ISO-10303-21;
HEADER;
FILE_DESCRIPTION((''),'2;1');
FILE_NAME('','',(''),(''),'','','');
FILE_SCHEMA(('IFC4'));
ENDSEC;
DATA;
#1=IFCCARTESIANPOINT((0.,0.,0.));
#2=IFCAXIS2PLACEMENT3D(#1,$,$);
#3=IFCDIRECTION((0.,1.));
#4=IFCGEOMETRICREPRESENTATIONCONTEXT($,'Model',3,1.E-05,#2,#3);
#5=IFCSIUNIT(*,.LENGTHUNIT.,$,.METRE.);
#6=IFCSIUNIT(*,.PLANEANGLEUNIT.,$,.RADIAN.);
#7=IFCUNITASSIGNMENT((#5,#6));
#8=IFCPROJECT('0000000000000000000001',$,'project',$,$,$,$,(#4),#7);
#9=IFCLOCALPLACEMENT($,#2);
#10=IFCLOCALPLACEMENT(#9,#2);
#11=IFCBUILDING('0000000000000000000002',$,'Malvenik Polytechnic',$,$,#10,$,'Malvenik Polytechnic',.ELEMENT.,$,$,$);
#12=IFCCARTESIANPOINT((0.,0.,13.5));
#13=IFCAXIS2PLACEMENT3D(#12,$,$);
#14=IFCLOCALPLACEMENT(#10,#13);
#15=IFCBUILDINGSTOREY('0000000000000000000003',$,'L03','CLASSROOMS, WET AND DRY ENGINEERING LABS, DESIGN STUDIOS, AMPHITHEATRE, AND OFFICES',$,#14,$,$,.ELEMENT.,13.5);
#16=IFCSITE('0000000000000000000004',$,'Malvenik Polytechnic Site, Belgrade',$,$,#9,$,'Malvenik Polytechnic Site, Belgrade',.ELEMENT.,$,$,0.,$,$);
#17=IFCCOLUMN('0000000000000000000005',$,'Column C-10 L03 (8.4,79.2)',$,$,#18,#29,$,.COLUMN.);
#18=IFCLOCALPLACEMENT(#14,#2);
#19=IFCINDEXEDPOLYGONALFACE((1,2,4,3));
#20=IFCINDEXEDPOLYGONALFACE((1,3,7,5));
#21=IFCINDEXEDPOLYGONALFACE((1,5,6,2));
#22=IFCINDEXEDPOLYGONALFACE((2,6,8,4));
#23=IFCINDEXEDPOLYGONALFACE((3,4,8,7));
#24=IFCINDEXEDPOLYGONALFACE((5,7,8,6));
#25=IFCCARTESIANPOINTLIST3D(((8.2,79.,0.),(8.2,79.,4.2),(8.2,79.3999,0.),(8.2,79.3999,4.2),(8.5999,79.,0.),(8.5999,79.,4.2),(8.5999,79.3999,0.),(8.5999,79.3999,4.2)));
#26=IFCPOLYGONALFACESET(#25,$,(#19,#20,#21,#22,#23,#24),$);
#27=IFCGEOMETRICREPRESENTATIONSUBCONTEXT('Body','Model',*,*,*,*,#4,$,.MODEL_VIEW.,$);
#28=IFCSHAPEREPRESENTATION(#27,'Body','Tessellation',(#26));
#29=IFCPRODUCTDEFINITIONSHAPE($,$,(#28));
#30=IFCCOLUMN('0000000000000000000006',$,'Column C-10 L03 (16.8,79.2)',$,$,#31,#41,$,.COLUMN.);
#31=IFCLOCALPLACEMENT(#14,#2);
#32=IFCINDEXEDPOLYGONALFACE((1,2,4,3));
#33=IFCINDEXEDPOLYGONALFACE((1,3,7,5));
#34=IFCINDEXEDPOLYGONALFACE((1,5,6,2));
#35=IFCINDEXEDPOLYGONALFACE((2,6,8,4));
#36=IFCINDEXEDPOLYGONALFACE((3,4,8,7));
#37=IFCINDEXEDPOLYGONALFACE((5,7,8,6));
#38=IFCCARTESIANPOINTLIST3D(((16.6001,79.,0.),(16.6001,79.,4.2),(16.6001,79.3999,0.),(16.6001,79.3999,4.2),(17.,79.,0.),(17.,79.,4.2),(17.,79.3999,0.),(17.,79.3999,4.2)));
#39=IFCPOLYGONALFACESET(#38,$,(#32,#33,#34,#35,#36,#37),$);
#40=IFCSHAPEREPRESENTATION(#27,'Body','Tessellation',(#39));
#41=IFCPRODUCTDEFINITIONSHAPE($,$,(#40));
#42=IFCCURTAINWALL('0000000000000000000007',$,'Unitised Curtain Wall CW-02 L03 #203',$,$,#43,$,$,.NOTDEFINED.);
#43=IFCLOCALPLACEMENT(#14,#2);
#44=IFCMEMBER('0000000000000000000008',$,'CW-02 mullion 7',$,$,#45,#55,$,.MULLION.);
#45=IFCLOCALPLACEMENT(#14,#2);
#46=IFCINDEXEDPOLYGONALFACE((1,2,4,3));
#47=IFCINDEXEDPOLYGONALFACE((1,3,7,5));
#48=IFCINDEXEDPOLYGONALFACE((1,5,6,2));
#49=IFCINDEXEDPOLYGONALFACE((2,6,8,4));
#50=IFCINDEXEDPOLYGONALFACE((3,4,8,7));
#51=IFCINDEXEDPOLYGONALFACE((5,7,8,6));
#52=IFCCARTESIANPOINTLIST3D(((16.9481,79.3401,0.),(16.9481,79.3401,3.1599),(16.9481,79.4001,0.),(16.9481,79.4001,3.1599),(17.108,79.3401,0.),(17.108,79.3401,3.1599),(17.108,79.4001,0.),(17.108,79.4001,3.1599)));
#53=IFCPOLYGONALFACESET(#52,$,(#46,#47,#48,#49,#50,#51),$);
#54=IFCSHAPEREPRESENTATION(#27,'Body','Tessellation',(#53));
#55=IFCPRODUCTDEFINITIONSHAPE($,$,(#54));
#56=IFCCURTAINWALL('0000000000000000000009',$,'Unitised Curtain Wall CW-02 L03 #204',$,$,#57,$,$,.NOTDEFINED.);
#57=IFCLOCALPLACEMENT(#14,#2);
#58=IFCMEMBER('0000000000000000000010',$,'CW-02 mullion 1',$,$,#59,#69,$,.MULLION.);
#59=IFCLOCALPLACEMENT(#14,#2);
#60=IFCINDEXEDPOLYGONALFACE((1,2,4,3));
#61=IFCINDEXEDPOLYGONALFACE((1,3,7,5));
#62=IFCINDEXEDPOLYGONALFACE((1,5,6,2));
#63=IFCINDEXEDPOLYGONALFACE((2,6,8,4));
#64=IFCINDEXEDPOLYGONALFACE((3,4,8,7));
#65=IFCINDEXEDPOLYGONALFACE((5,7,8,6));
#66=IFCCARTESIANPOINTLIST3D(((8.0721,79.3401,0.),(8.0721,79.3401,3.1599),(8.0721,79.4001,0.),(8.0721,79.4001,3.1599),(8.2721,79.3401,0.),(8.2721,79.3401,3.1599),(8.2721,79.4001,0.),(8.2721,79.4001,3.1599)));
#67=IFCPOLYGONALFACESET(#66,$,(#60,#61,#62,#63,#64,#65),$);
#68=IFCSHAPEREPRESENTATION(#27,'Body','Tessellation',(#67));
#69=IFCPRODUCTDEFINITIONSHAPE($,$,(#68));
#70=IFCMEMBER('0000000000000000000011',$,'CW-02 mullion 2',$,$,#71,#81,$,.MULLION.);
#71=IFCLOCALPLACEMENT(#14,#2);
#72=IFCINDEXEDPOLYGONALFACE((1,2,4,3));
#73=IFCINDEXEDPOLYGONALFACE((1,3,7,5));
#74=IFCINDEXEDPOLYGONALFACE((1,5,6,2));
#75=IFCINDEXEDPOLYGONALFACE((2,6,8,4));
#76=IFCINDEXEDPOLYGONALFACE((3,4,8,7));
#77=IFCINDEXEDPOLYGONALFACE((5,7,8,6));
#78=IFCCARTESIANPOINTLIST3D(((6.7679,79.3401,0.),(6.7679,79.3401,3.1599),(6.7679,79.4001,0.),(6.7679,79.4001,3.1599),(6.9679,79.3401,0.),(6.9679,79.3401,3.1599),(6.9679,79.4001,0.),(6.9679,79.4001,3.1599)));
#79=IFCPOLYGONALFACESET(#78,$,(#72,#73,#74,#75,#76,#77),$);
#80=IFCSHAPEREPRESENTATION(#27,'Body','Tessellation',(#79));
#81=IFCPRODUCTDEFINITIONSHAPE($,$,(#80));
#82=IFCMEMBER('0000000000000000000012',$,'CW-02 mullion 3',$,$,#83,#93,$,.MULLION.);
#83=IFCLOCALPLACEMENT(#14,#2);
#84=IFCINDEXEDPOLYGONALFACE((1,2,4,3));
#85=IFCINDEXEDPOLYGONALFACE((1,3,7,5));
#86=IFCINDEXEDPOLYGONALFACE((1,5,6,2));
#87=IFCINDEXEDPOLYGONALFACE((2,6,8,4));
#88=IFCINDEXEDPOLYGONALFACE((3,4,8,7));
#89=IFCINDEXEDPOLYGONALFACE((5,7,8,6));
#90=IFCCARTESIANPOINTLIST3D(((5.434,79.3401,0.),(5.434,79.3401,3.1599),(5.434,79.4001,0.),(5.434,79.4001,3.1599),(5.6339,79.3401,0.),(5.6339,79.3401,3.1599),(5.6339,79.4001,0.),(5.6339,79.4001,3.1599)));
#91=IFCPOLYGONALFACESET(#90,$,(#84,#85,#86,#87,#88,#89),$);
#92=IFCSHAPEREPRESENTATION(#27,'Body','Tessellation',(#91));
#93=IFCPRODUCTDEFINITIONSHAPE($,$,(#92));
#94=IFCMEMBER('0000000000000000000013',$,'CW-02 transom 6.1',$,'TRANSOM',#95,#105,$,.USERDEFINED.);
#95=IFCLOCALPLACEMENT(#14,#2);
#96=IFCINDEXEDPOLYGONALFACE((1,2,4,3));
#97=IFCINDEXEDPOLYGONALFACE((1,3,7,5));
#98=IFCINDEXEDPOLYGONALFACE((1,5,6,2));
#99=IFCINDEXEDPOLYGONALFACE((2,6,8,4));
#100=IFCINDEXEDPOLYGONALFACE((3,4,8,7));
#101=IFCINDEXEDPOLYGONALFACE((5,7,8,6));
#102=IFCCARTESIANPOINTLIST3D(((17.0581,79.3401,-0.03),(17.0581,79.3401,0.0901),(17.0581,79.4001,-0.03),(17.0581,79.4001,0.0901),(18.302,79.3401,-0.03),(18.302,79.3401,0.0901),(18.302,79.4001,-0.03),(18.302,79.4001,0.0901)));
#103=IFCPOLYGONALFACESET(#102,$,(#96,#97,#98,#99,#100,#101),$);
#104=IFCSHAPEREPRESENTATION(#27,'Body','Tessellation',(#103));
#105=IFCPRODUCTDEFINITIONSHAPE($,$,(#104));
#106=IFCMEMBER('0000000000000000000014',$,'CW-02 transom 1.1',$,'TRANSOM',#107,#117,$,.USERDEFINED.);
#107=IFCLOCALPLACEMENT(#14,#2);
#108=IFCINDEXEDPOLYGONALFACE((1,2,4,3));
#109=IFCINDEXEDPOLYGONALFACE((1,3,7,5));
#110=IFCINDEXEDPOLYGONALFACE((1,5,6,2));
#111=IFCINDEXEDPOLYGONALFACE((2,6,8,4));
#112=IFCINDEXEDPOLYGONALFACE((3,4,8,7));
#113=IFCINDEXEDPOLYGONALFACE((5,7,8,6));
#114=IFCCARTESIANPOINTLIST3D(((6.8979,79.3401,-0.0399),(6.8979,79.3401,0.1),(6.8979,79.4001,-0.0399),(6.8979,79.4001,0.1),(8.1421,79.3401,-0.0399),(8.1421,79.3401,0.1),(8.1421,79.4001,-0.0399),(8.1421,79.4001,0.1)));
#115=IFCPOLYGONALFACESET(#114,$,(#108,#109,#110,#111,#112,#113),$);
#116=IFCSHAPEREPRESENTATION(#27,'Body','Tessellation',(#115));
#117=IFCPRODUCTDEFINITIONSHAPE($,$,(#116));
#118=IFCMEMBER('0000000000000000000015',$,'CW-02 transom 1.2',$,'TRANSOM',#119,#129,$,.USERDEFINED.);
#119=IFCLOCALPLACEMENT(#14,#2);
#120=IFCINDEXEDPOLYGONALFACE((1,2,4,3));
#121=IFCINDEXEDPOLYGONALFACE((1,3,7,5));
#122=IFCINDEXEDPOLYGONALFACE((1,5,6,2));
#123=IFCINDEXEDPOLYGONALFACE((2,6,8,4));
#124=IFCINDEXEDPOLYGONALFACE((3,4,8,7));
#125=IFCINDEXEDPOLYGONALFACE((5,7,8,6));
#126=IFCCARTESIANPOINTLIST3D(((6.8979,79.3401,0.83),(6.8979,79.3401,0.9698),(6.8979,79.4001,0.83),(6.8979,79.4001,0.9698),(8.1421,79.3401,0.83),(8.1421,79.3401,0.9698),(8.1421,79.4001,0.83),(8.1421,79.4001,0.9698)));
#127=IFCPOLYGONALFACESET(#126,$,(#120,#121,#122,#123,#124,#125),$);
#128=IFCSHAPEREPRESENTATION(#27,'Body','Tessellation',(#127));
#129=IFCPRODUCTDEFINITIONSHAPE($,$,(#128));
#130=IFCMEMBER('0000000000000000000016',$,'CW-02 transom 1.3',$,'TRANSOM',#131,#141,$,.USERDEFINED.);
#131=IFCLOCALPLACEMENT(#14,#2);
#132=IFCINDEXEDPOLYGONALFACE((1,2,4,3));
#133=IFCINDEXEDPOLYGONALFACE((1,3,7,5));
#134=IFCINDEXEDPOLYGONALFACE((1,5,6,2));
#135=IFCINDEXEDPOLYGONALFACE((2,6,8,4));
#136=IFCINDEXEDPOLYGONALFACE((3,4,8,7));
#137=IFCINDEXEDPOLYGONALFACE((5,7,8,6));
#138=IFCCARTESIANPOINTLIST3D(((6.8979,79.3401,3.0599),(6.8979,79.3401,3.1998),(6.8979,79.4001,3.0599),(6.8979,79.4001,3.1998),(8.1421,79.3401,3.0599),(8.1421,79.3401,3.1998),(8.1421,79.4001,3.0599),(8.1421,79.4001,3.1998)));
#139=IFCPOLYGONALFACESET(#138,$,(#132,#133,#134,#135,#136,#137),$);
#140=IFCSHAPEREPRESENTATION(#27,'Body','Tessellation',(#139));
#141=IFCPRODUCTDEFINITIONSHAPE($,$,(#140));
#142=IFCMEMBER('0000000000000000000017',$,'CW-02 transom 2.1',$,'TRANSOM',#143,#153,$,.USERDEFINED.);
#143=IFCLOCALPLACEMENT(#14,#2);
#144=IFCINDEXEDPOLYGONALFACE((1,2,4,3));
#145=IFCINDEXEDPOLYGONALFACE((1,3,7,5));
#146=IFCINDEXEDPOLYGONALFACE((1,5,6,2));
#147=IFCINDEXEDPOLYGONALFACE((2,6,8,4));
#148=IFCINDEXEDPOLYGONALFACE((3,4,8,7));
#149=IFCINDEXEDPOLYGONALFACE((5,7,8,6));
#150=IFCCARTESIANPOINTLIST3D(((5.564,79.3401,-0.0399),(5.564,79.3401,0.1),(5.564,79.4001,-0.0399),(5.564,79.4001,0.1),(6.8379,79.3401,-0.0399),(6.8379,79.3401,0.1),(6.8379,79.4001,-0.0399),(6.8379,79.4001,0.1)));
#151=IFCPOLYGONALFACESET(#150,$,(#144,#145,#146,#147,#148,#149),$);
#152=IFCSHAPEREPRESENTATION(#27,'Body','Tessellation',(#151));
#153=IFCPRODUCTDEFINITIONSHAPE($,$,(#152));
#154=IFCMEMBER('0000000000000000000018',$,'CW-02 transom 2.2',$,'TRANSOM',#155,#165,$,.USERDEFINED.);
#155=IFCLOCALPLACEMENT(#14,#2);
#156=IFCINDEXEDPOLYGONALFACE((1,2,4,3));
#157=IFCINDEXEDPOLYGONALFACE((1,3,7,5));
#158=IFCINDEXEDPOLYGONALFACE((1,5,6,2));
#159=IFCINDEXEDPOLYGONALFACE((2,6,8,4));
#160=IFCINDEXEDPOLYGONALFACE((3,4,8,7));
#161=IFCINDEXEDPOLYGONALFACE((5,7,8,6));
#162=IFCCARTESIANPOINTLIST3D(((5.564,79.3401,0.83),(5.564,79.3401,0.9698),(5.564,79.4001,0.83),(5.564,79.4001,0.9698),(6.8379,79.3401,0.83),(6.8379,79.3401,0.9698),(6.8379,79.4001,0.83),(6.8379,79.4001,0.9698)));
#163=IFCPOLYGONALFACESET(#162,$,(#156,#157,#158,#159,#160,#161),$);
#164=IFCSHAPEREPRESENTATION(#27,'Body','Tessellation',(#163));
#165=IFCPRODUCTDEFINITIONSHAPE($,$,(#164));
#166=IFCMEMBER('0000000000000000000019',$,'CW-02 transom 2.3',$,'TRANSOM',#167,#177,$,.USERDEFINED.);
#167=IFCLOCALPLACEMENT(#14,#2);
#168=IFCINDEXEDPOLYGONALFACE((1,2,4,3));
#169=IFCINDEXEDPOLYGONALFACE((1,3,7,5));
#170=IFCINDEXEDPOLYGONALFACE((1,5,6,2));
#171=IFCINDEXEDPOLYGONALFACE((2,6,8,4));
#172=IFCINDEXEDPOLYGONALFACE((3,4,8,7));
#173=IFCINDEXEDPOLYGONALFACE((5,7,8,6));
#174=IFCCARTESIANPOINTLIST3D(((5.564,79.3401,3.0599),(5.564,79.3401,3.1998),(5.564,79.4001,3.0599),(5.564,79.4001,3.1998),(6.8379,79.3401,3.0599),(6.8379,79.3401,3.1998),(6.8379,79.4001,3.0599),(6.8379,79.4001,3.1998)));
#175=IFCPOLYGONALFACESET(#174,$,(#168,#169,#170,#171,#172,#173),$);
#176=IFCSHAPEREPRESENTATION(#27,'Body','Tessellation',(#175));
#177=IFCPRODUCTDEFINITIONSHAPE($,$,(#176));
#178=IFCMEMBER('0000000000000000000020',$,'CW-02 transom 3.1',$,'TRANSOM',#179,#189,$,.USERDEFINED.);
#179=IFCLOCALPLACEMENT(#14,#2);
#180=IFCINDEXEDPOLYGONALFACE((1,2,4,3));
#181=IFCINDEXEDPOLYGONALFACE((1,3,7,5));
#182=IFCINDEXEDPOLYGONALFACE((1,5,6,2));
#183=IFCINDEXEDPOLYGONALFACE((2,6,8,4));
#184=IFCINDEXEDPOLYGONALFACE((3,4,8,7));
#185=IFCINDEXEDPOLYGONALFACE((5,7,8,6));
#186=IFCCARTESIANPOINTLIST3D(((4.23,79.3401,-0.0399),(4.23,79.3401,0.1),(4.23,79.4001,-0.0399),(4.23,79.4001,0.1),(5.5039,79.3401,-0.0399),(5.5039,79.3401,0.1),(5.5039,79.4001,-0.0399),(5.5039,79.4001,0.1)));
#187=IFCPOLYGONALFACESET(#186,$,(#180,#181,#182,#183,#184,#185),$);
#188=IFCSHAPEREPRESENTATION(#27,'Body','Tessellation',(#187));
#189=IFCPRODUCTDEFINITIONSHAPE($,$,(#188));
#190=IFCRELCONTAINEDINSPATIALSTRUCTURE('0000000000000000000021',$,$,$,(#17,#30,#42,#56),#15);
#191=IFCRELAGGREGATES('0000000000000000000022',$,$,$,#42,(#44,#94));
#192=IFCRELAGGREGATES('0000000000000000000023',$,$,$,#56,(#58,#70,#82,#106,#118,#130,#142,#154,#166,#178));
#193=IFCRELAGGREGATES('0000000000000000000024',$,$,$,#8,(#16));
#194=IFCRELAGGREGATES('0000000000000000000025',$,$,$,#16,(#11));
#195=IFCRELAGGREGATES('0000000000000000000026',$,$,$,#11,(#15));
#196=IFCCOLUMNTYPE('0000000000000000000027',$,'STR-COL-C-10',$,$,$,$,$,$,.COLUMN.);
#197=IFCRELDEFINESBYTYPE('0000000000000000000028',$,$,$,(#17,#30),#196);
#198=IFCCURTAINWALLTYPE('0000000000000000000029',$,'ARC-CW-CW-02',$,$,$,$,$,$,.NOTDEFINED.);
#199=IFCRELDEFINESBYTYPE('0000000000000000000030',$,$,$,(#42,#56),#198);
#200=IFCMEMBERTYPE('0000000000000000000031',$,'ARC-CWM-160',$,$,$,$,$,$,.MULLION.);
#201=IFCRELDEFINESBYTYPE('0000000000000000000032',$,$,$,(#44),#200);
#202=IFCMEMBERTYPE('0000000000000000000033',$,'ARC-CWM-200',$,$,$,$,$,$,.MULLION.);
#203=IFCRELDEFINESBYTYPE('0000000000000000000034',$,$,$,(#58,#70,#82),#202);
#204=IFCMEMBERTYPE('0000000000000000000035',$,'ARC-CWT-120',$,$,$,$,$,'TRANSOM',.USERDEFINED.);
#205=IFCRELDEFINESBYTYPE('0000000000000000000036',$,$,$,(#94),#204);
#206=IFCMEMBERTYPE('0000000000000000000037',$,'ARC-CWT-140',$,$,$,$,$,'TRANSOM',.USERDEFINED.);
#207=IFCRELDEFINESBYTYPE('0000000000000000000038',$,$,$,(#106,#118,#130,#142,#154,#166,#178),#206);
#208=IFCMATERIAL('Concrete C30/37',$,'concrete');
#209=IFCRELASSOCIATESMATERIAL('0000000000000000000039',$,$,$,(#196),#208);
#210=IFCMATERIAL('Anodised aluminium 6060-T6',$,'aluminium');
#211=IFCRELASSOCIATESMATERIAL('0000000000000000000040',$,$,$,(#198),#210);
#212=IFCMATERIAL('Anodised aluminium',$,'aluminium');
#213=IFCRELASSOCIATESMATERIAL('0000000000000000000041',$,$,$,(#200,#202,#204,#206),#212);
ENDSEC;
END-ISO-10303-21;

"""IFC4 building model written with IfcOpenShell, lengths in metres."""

from ifc_helpers import new_model, si_unit, direction, frame, origin, origin_2d, place, context, subcontext, project, spatial, rectangle, extrude, material, material_profile, profile_set, type_object, element, aggregate, save


model = new_model("IFC4")

# Units and contexts
model_context = context("Model", 3, precision=1e-05, world=origin(), true_north=direction((0.0, 1.0)))
body_context = subcontext(model_context, "Body", "Model", "MODEL_VIEW")
ifc_project = project(units=[si_unit("LENGTHUNIT", "METRE"), si_unit("PLANEANGLEUNIT", "RADIAN")], contexts=[model_context])

# Site, building, storey
site_placement = place(None, origin())
site = spatial("IfcSite", under=ifc_project, at=site_placement, Name="Malvenik Polytechnic Site, Belgrade", LongName="Malvenik Polytechnic Site, Belgrade", CompositionType="ELEMENT", RefElevation=0.0)
building_placement = place(site_placement, origin())
building = spatial("IfcBuilding", under=site, at=building_placement, Name="Malvenik Polytechnic", LongName="Malvenik Polytechnic", CompositionType="ELEMENT")
storey_placement = place(building_placement, frame((0.0, 0.0, 13.5)))
storey = spatial("IfcBuildingStorey", under=building, at=storey_placement, Name="L03", Description="CLASSROOMS, WET AND DRY ENGINEERING LABS, DESIGN STUDIOS, AMPHITHEATRE, AND OFFICES", CompositionType="ELEMENT", Elevation=13.5)

# Columns
ifc_material_1 = material(Name="Concrete C30/37", Category="concrete")
ifc_material_profile_1 = material_profile(ifc_material_1, rectangle(XDim=0.3999, YDim=0.3999, at=origin_2d()), Name="RC COL 400x400")
ifc_profile_set_1 = profile_set([ifc_material_profile_1], Name="Concrete C30/37")
column_type = type_object("IfcColumnType", Name="STR-COL-C-10", PredefinedType="COLUMN", material=ifc_profile_set_1)
for number, where, z_axis, x_axis, name in (
    (1, (8.3999, 79.2, 0.0), (0.0, 0.0, 1.0), (1.0, 0.0, 0.0), "Column C-10 L03 (8.4,79.2)"),
    (2, (16.8, 79.2, 0.0), (0.0, 0.0, 1.0), (1.0, 0.0, 0.0), "Column C-10 L03 (16.8,79.2)"),
):
    element("IfcColumn", number, at=place(storey_placement, frame(where, z_axis=z_axis, x_axis=x_axis)), inside=storey, type_object=column_type, Name=name, PredefinedType="COLUMN", context=body_context, shape_type="SweptSolid", body=[
        extrude(rectangle(XDim=0.3999, YDim=0.3999, at=origin_2d()), origin(), (0.0, 0.0, 1.0), 4.2),
    ])

# Curtain wall, member
ifc_material_2 = material(Name="Anodised aluminium 6060-T6", Category="aluminium")
curtain_wall_type = type_object("IfcCurtainWallType", Name="ARC-CW-CW-02", PredefinedType="NOTDEFINED", material=ifc_material_2)
curtain_wall_1_placement = place(storey_placement, origin())
curtain_wall_1 = element("IfcCurtainWall", 3, at=curtain_wall_1_placement, inside=storey, type_object=curtain_wall_type, Name="Unitised Curtain Wall CW-02 L03 #203", PredefinedType="NOTDEFINED")
ifc_material_3 = material(Name="Anodised aluminium", Category="aluminium")
ifc_material_profile_2 = material_profile(ifc_material_3, rectangle(XDim=0.0601, YDim=0.1599, at=origin_2d()), Name="ALU MULLION 60x160")
ifc_profile_set_2 = profile_set([ifc_material_profile_2], Name="Anodised aluminium")
member_type_1 = type_object("IfcMemberType", Name="ARC-CWM-160", PredefinedType="MULLION", material=ifc_profile_set_2)
member_1_placement = place(storey_placement, frame((17.0281, 79.3701, 0.0), z_axis=(0.0, 0.0, 1.0), x_axis=(0.0, -1.0, 0.0)))
member_1 = element("IfcMember", 4, at=member_1_placement, type_object=member_type_1, Name="CW-02 mullion 7", PredefinedType="MULLION", context=body_context, shape_type="SweptSolid", body=[
    extrude(rectangle(XDim=0.0601, YDim=0.1599, at=origin_2d()), origin(), (0.0, 0.0, 1.0), 3.1599),
])

# Curtain wall, members
curtain_wall_2_placement = place(storey_placement, origin())
curtain_wall_2 = element("IfcCurtainWall", 5, at=curtain_wall_2_placement, inside=storey, type_object=curtain_wall_type, Name="Unitised Curtain Wall CW-02 L03 #204", PredefinedType="NOTDEFINED")
ifc_material_profile_3 = material_profile(ifc_material_3, rectangle(XDim=0.0601, YDim=0.2, at=origin_2d()), Name="ALU MULLION 60x200")
ifc_profile_set_3 = profile_set([ifc_material_profile_3], Name="Anodised aluminium")
member_type_2 = type_object("IfcMemberType", Name="ARC-CWM-200", PredefinedType="MULLION", material=ifc_profile_set_3)
member_2_placement = place(storey_placement, frame((8.1721, 79.3701, 0.0), z_axis=(0.0, 0.0, 1.0), x_axis=(0.0, -1.0, 0.0)))
member_2 = element("IfcMember", 6, at=member_2_placement, type_object=member_type_2, Name="CW-02 mullion 1", PredefinedType="MULLION", context=body_context, shape_type="SweptSolid", body=[
    extrude(rectangle(XDim=0.0601, YDim=0.2, at=origin_2d()), origin(), (0.0, 0.0, 1.0), 3.1599),
])
member_3_placement = place(storey_placement, frame((6.8679, 79.3701, 0.0), z_axis=(0.0, 0.0, 1.0), x_axis=(0.0, -1.0, 0.0)))
member_3 = element("IfcMember", 7, at=member_3_placement, type_object=member_type_2, Name="CW-02 mullion 2", PredefinedType="MULLION", context=body_context, shape_type="SweptSolid", body=[
    extrude(rectangle(XDim=0.0601, YDim=0.2, at=origin_2d()), origin(), (0.0, 0.0, 1.0), 3.1599),
])
member_4_placement = place(storey_placement, frame((5.5339, 79.3701, 0.0), z_axis=(0.0, 0.0, 1.0), x_axis=(0.0, -1.0, 0.0)))
member_4 = element("IfcMember", 8, at=member_4_placement, type_object=member_type_2, Name="CW-02 mullion 3", PredefinedType="MULLION", context=body_context, shape_type="SweptSolid", body=[
    extrude(rectangle(XDim=0.0601, YDim=0.2, at=origin_2d()), origin(), (0.0, 0.0, 1.0), 3.1599),
])

# Members
ifc_material_profile_4 = material_profile(ifc_material_3, rectangle(XDim=0.0601, YDim=0.1201, at=origin_2d()), Name="ALU TRANSOM 60x120")
ifc_profile_set_4 = profile_set([ifc_material_profile_4], Name="Anodised aluminium")
member_type_3 = type_object("IfcMemberType", Name="ARC-CWT-120", ElementType="TRANSOM", PredefinedType="USERDEFINED", material=ifc_profile_set_4)
member_5_placement = place(storey_placement, frame((18.302, 79.3701, 0.03), z_axis=(-1.0, 0.0, 0.0), x_axis=(0.0, -1.0, 0.0)))
member_5 = element("IfcMember", 9, at=member_5_placement, type_object=member_type_3, Name="CW-02 transom 6.1", ObjectType="TRANSOM", PredefinedType="USERDEFINED", context=body_context, shape_type="SweptSolid", body=[
    extrude(rectangle(XDim=0.0601, YDim=0.1201, at=origin_2d()), origin(), (0.0, 0.0, 1.0), 1.2439),
])
ifc_material_profile_5 = material_profile(ifc_material_3, rectangle(XDim=0.0601, YDim=0.1399, at=origin_2d()), Name="ALU TRANSOM 60x140")
ifc_profile_set_5 = profile_set([ifc_material_profile_5], Name="Anodised aluminium")
member_type_4 = type_object("IfcMemberType", Name="ARC-CWT-140", ElementType="TRANSOM", PredefinedType="USERDEFINED", material=ifc_profile_set_5)
member_6_placement = place(storey_placement, frame((8.1421, 79.3701, 0.03), z_axis=(-1.0, 0.0, 0.0), x_axis=(0.0, -1.0, 0.0)))
member_6 = element("IfcMember", 10, at=member_6_placement, type_object=member_type_4, Name="CW-02 transom 1.1", ObjectType="TRANSOM", PredefinedType="USERDEFINED", context=body_context, shape_type="SweptSolid", body=[
    extrude(rectangle(XDim=0.0601, YDim=0.1399, at=origin_2d()), origin(), (0.0, 0.0, 1.0), 1.2441),
])
member_7_placement = place(storey_placement, frame((8.1421, 79.3701, 0.8999), z_axis=(-1.0, 0.0, 0.0), x_axis=(0.0, -1.0, 0.0)))
member_7 = element("IfcMember", 11, at=member_7_placement, type_object=member_type_4, Name="CW-02 transom 1.2", ObjectType="TRANSOM", PredefinedType="USERDEFINED", context=body_context, shape_type="SweptSolid", body=[
    extrude(rectangle(XDim=0.0601, YDim=0.1399, at=origin_2d()), origin(), (0.0, 0.0, 1.0), 1.2441),
])
member_8_placement = place(storey_placement, frame((8.1421, 79.3701, 3.1299), z_axis=(-1.0, 0.0, 0.0), x_axis=(0.0, -1.0, 0.0)))
member_8 = element("IfcMember", 12, at=member_8_placement, type_object=member_type_4, Name="CW-02 transom 1.3", ObjectType="TRANSOM", PredefinedType="USERDEFINED", context=body_context, shape_type="SweptSolid", body=[
    extrude(rectangle(XDim=0.0601, YDim=0.1399, at=origin_2d()), origin(), (0.0, 0.0, 1.0), 1.2441),
])
member_9_placement = place(storey_placement, frame((6.8379, 79.3701, 0.03), z_axis=(-1.0, 0.0, 0.0), x_axis=(0.0, -1.0, 0.0)))
member_9 = element("IfcMember", 13, at=member_9_placement, type_object=member_type_4, Name="CW-02 transom 2.1", ObjectType="TRANSOM", PredefinedType="USERDEFINED", context=body_context, shape_type="SweptSolid", body=[
    extrude(rectangle(XDim=0.0601, YDim=0.1399, at=origin_2d()), origin(), (0.0, 0.0, 1.0), 1.2739),
])
member_10_placement = place(storey_placement, frame((6.8379, 79.3701, 0.8999), z_axis=(-1.0, 0.0, 0.0), x_axis=(0.0, -1.0, 0.0)))
member_10 = element("IfcMember", 14, at=member_10_placement, type_object=member_type_4, Name="CW-02 transom 2.2", ObjectType="TRANSOM", PredefinedType="USERDEFINED", context=body_context, shape_type="SweptSolid", body=[
    extrude(rectangle(XDim=0.0601, YDim=0.1399, at=origin_2d()), origin(), (0.0, 0.0, 1.0), 1.2739),
])
member_11_placement = place(storey_placement, frame((6.8379, 79.3701, 3.1299), z_axis=(-1.0, 0.0, 0.0), x_axis=(0.0, -1.0, 0.0)))
member_11 = element("IfcMember", 15, at=member_11_placement, type_object=member_type_4, Name="CW-02 transom 2.3", ObjectType="TRANSOM", PredefinedType="USERDEFINED", context=body_context, shape_type="SweptSolid", body=[
    extrude(rectangle(XDim=0.0601, YDim=0.1399, at=origin_2d()), origin(), (0.0, 0.0, 1.0), 1.2739),
])
member_12_placement = place(storey_placement, frame((5.5039, 79.3701, 0.03), z_axis=(-1.0, 0.0, 0.0), x_axis=(0.0, -1.0, 0.0)))
member_12 = element("IfcMember", 16, at=member_12_placement, type_object=member_type_4, Name="CW-02 transom 3.1", ObjectType="TRANSOM", PredefinedType="USERDEFINED", context=body_context, shape_type="SweptSolid", body=[
    extrude(rectangle(XDim=0.0601, YDim=0.1399, at=origin_2d()), origin(), (0.0, 0.0, 1.0), 1.2739),
])

aggregate(curtain_wall_1, [member_1, member_5])
aggregate(curtain_wall_2, [member_2, member_3, member_4, member_6, member_7, member_8, member_9, member_10, member_11, member_12])

save(model, "model.ifc")
